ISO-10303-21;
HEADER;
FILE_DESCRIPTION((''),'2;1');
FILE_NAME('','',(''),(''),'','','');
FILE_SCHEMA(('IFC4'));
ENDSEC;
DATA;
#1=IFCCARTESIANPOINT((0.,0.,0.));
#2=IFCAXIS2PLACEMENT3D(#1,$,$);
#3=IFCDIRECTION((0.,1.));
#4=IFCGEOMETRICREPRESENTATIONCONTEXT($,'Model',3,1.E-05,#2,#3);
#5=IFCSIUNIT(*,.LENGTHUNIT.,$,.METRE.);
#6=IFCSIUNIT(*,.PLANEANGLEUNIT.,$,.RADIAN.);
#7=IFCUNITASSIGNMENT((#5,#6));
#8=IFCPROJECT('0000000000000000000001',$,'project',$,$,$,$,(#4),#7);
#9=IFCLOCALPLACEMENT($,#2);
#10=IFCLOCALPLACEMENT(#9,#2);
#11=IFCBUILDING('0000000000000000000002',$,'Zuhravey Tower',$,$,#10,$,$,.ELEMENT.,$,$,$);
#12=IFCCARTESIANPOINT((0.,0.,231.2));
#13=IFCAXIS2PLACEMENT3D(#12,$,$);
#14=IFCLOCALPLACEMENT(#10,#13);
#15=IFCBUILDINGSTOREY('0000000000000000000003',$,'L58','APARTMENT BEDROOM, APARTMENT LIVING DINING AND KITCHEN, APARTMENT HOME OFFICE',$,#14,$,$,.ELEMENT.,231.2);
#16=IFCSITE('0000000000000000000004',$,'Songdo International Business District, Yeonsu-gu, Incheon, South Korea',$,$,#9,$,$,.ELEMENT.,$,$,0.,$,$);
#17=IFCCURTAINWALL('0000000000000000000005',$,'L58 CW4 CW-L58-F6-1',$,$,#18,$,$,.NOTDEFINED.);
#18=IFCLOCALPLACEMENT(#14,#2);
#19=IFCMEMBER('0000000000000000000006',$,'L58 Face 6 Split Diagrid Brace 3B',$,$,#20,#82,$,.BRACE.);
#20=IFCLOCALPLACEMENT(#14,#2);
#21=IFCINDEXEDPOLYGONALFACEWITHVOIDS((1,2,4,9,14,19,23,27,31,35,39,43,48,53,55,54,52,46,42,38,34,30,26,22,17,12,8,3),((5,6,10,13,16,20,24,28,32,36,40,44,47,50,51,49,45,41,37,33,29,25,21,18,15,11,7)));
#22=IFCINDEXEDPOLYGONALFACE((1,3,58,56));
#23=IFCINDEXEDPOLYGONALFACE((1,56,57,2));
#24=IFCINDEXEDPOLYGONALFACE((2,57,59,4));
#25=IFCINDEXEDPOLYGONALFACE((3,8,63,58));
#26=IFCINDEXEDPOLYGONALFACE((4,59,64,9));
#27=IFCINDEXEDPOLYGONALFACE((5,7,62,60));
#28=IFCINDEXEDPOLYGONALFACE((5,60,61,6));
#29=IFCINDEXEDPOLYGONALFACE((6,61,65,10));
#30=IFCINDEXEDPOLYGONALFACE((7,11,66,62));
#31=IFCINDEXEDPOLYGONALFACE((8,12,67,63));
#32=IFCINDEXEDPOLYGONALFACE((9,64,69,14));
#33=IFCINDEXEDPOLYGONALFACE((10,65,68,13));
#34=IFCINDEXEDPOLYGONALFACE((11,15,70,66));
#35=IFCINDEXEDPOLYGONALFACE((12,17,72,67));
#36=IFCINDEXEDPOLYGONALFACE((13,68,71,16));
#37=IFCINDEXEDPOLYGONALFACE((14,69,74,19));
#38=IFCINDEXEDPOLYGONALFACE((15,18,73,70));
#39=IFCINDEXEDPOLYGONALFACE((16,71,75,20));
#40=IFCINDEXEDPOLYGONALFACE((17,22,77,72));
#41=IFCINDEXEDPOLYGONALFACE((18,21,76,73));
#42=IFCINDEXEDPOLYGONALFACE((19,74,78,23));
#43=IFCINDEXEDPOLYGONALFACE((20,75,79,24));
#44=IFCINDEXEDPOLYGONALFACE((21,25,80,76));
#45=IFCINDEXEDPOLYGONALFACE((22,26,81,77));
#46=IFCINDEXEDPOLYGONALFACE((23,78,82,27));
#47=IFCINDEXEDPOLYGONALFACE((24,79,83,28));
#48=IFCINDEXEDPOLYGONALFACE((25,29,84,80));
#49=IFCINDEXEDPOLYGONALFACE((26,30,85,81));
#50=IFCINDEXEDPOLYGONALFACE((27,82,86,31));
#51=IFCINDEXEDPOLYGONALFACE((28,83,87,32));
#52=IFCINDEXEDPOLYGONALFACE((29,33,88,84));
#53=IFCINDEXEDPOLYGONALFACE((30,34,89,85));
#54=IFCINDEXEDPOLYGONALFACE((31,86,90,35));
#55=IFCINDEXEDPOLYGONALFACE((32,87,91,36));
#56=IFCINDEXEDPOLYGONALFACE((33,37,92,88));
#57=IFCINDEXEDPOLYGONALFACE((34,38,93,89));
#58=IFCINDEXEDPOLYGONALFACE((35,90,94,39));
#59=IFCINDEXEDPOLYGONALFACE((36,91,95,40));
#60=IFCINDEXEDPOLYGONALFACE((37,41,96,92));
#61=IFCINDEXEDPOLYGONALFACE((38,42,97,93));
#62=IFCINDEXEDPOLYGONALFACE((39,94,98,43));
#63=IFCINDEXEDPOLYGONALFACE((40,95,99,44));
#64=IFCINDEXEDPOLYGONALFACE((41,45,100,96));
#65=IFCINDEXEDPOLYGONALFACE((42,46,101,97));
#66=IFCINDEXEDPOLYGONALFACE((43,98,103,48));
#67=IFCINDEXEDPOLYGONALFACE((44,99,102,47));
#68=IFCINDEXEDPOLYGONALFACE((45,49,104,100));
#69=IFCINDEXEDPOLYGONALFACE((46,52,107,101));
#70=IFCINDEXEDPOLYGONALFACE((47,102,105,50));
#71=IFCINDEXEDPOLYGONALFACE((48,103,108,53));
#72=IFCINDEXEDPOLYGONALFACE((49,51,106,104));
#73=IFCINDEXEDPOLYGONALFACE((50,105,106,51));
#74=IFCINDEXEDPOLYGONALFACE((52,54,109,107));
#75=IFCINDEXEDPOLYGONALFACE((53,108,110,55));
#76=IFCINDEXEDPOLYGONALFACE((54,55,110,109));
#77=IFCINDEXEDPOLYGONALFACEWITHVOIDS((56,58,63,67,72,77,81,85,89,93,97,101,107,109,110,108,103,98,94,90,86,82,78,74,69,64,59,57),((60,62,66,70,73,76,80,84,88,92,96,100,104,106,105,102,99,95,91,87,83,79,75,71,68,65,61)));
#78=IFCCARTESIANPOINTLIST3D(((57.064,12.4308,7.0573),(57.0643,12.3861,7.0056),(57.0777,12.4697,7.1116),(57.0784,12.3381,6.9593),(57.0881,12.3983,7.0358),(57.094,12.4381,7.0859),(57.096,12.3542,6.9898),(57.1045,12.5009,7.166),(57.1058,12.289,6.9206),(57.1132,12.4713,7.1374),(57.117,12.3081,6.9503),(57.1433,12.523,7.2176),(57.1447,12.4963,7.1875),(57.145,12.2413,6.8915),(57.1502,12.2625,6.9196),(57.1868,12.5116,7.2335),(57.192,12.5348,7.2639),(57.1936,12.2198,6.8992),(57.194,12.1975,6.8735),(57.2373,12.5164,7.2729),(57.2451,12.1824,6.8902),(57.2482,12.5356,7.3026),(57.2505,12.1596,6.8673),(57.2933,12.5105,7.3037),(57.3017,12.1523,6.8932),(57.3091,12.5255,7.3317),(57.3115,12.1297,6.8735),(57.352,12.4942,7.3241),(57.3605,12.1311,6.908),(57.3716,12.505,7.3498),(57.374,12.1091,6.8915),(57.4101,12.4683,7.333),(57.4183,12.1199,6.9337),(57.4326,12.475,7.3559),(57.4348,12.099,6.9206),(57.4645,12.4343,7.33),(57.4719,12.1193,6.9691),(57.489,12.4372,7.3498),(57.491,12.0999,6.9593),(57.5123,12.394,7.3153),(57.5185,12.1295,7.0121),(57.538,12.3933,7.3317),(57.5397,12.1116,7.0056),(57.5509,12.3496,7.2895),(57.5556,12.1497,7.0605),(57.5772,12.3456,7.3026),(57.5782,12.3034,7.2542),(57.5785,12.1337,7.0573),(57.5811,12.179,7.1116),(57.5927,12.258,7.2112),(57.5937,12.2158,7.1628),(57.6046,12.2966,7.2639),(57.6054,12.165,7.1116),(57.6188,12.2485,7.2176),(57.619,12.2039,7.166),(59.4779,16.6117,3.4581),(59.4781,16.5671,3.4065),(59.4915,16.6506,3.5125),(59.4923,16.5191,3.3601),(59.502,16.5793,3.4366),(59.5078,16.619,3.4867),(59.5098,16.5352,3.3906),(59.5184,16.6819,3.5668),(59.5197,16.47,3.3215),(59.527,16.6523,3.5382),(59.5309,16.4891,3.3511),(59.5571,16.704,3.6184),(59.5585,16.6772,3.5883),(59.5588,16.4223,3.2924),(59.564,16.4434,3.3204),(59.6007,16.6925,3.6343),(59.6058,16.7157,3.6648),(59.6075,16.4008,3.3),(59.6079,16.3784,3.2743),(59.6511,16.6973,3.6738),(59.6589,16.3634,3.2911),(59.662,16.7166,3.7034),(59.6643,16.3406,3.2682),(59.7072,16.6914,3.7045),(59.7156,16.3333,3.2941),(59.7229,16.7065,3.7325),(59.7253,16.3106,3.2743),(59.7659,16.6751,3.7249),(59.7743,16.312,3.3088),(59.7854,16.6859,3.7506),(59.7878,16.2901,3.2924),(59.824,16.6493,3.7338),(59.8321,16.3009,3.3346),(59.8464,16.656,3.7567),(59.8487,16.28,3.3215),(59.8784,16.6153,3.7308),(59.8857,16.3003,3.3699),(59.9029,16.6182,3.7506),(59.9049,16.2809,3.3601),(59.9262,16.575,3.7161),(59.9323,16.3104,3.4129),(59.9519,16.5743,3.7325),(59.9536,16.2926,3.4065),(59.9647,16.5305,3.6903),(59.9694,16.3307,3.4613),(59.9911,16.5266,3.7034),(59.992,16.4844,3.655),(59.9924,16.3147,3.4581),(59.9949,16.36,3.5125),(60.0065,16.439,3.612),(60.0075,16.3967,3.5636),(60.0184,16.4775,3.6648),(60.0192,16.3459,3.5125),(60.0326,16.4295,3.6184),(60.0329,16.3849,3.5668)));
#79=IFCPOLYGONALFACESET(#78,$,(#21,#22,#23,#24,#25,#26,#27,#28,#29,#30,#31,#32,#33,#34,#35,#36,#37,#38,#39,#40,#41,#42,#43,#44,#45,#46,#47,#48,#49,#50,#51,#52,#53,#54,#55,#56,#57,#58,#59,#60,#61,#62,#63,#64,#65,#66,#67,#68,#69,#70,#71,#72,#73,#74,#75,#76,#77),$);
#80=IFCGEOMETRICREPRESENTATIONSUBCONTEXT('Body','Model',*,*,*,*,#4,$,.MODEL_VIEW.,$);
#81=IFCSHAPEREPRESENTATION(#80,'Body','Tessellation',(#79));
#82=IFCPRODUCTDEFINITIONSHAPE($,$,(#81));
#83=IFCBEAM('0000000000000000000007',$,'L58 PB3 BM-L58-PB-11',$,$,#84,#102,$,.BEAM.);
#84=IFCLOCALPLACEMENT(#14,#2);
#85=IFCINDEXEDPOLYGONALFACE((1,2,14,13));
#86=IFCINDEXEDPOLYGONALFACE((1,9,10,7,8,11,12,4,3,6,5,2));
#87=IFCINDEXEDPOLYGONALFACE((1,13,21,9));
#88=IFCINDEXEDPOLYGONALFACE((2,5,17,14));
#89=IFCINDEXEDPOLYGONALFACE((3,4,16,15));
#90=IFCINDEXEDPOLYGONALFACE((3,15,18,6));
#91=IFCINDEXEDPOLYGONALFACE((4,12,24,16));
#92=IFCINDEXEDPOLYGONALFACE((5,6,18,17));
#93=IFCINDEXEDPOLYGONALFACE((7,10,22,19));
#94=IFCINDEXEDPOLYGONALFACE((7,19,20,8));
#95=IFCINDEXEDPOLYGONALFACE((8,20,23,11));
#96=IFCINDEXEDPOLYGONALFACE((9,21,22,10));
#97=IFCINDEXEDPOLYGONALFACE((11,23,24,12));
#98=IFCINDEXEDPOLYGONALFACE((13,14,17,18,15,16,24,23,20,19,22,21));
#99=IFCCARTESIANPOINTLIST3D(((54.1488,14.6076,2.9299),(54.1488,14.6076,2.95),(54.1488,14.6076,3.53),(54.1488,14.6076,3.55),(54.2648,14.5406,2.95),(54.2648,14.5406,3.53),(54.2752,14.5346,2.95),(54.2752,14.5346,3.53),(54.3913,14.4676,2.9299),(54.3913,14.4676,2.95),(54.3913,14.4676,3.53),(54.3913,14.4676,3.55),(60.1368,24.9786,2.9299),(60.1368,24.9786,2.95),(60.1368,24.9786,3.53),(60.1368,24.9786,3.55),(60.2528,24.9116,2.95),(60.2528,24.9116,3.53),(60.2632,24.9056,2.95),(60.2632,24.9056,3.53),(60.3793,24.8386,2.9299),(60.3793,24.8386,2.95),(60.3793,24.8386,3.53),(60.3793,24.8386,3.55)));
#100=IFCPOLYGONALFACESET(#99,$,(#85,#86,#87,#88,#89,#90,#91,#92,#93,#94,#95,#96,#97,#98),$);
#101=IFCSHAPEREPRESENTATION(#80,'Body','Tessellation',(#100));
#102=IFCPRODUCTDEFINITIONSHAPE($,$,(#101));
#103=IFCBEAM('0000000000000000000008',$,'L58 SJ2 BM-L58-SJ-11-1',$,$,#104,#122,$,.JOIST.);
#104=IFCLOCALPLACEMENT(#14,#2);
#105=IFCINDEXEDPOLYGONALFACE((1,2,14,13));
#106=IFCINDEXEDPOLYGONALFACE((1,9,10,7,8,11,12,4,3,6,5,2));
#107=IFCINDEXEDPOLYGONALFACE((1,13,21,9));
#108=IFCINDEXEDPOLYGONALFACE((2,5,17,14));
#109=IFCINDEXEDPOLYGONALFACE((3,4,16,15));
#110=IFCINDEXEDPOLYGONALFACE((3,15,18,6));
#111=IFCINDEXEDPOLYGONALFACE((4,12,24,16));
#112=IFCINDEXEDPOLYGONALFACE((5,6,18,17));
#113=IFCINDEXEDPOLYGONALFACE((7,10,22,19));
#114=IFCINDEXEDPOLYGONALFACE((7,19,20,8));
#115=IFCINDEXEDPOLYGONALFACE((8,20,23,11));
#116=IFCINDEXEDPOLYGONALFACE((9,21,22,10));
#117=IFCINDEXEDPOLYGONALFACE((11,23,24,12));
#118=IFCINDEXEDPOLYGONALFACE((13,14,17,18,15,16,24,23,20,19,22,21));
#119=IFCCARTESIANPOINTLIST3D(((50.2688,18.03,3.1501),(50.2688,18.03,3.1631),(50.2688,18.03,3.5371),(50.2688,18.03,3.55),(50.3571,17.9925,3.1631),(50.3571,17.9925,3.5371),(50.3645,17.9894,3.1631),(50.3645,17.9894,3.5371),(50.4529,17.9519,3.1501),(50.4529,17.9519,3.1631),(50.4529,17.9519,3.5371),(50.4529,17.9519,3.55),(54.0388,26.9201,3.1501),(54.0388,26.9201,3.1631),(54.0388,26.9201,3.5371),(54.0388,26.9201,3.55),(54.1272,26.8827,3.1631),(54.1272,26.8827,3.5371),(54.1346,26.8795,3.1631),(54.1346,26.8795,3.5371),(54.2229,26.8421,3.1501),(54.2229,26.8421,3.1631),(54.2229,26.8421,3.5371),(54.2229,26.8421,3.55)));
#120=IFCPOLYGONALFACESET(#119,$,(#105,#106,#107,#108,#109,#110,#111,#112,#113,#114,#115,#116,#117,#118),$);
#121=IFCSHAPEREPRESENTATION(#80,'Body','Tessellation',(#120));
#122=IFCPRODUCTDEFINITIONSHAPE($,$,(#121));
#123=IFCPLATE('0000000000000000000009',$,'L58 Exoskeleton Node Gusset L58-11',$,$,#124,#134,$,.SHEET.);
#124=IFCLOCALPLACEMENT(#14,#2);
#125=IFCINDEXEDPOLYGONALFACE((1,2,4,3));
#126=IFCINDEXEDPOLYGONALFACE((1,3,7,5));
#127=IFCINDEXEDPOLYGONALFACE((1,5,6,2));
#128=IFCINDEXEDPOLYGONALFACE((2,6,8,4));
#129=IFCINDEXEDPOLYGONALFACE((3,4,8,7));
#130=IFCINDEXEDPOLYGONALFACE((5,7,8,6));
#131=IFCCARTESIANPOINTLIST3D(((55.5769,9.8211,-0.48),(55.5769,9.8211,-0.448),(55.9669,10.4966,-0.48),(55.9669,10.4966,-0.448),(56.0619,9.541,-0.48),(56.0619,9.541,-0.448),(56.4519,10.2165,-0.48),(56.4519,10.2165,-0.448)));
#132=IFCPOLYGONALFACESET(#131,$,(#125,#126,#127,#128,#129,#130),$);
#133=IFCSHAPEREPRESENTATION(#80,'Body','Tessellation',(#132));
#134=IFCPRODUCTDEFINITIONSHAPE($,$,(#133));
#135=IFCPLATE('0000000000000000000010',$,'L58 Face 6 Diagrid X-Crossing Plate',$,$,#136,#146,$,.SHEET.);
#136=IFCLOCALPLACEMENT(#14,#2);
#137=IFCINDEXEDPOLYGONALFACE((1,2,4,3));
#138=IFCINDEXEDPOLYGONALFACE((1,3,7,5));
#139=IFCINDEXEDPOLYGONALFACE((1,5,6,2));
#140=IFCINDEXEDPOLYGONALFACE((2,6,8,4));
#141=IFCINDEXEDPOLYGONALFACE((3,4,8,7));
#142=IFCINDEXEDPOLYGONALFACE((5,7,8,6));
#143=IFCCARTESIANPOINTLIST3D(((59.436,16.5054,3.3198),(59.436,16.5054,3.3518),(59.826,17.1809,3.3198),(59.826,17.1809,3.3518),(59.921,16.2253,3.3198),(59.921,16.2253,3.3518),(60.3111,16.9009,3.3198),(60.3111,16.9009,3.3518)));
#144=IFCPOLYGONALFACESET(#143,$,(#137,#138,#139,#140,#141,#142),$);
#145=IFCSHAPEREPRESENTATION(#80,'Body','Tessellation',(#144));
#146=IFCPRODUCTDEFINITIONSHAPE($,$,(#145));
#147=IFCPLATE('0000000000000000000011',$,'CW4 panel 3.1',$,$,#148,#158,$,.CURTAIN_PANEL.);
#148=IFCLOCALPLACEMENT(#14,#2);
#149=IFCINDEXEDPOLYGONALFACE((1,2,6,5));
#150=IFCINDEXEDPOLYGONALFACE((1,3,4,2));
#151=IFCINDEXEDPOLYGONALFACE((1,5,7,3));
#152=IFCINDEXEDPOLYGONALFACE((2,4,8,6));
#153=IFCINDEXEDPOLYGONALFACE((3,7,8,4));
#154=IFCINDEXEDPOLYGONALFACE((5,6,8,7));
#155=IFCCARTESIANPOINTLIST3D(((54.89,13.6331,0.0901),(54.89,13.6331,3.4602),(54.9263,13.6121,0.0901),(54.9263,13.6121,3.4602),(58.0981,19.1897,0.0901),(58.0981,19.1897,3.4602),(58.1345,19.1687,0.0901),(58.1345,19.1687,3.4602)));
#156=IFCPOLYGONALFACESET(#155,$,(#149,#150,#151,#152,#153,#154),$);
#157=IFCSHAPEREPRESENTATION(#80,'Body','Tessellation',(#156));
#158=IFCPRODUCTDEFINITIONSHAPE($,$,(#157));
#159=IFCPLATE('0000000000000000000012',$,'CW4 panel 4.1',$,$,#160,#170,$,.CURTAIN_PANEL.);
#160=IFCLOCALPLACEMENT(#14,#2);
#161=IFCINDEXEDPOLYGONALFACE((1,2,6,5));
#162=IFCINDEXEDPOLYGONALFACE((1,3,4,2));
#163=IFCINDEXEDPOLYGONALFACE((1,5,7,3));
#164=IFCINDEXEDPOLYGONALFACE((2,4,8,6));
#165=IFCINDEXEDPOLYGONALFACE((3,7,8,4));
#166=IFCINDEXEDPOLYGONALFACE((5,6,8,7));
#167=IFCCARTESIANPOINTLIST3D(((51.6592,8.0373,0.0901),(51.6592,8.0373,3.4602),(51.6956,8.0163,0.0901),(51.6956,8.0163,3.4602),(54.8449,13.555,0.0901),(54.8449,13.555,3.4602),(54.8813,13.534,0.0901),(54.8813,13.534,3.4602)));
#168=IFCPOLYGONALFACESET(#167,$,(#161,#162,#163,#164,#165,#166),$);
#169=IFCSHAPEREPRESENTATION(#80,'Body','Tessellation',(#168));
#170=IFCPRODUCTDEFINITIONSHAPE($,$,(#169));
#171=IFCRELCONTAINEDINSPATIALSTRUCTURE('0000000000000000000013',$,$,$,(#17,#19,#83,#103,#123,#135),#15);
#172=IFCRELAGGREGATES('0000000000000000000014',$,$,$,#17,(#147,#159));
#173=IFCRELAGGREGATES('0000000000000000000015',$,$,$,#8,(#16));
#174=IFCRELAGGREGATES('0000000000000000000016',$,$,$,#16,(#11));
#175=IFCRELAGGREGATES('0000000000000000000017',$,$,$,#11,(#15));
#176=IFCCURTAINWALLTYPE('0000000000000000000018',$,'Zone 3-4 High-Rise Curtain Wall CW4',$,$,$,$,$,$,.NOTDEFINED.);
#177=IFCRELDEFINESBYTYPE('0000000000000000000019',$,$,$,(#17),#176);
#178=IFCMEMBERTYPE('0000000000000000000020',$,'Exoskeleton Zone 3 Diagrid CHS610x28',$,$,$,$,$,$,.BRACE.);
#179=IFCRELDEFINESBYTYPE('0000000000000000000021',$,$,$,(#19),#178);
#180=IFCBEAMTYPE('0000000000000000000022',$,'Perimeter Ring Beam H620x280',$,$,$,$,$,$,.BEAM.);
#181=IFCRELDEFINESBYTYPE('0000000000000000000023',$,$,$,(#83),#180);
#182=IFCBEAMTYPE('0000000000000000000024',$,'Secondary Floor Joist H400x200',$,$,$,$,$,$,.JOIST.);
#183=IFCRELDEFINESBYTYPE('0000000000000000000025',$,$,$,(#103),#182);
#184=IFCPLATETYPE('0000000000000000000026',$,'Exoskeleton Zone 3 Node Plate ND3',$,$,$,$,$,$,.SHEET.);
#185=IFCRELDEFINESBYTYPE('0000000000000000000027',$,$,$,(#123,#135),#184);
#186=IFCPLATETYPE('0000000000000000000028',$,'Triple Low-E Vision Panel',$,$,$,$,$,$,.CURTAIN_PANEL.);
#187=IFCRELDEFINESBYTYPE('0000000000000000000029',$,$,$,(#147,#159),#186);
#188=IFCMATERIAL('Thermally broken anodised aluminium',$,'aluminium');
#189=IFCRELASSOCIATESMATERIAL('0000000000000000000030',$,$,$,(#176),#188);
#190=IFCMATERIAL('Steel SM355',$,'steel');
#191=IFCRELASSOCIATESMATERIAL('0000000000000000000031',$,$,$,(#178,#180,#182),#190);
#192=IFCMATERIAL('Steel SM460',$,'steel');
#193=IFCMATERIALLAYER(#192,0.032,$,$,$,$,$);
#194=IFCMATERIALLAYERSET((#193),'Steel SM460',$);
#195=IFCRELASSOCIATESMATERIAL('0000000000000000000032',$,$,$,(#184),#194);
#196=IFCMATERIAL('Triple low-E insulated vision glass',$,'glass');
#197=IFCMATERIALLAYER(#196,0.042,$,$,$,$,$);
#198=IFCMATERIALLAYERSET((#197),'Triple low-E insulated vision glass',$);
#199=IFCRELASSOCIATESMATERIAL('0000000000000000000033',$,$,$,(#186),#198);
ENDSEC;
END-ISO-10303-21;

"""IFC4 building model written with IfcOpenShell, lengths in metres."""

from ifc_helpers import new_model, si_unit, direction, frame, origin, origin_2d, place, context, subcontext, project, spatial, rectangle, hollow_circle, i_section, extrude, material, layer, layer_set, material_profile, profile_set, type_object, element, aggregate, save


model = new_model("IFC4")

# Units and contexts
model_context = context("Model", 3, precision=1e-05, world=origin(), true_north=direction((0.0, 1.0)))
body_context = subcontext(model_context, "Body", "Model", "MODEL_VIEW")
ifc_project = project(units=[si_unit("LENGTHUNIT", "METRE"), si_unit("PLANEANGLEUNIT", "RADIAN")], contexts=[model_context])

# Site, building, storey
site_placement = place(None, origin())
site = spatial("IfcSite", under=ifc_project, at=site_placement, Name="Songdo International Business District, Yeonsu-gu, Incheon, South Korea", CompositionType="ELEMENT", RefElevation=0.0)
building_placement = place(site_placement, origin())
building = spatial("IfcBuilding", under=site, at=building_placement, Name="Zuhravey Tower", CompositionType="ELEMENT")
storey_placement = place(building_placement, frame((0.0, 0.0, 231.2)))
storey = spatial("IfcBuildingStorey", under=building, at=storey_placement, Name="L58", Description="APARTMENT BEDROOM, APARTMENT LIVING DINING AND KITCHEN, APARTMENT HOME OFFICE", CompositionType="ELEMENT", Elevation=231.2)

# Curtain wall
ifc_material_1 = material(Name="Thermally broken anodised aluminium", Category="aluminium")
curtain_wall_type = type_object("IfcCurtainWallType", Name="Zone 3-4 High-Rise Curtain Wall CW4", PredefinedType="NOTDEFINED", material=ifc_material_1)
curtain_wall_1_placement = place(storey_placement, origin())
curtain_wall_1 = element("IfcCurtainWall", 1, at=curtain_wall_1_placement, inside=storey, type_object=curtain_wall_type, Name="L58 CW4 CW-L58-F6-1", PredefinedType="NOTDEFINED")

# Member
ifc_material_2 = material(Name="Steel SM355", Category="steel")
ifc_material_profile_1 = material_profile(ifc_material_2, hollow_circle(Radius=0.3047, WallThickness=0.0281, at=origin_2d()), Name="CHS-609.6x28")
ifc_profile_set_1 = profile_set([ifc_material_profile_1], Name="Steel SM355")
member_type_1 = type_object("IfcMemberType", Name="Exoskeleton Zone 3 Diagrid CHS610x28", PredefinedType="BRACE", material=ifc_profile_set_1)
member_1_placement = place(storey_placement, frame((59.7554, 16.4983, 3.5125), z_axis=(-0.400857, -0.694314, 0.597698), x_axis=(0.866028, -0.499995, 0.0)))
element("IfcMember", 2, at=member_1_placement, inside=storey, type_object=member_type_1, Name="L58 Face 6 Split Diagrid Brace 3B", PredefinedType="BRACE", context=body_context, shape_type="SweptSolid", body=[
    extrude(hollow_circle(Radius=0.3047, WallThickness=0.0281, at=origin_2d()), origin(), (0.0, 0.0, 1.0), 6.0217),
])

# Beams
ifc_material_profile_2 = material_profile(ifc_material_2, i_section(OverallWidth=0.28, OverallDepth=0.6201, WebThickness=0.012, FlangeThickness=0.02, at=origin_2d()), Name="H-620x280x12x20")
ifc_profile_set_2 = profile_set([ifc_material_profile_2], Name="Steel SM355")
beam_type_1 = type_object("IfcBeamType", Name="Perimeter Ring Beam H620x280", PredefinedType="BEAM", material=ifc_profile_set_2)
beam_1_placement = place(storey_placement, frame((54.27, 14.5376, 3.24), z_axis=(0.500018, 0.866015, 0.0), x_axis=(-0.866015, 0.500018, 0.0)))
element("IfcBeam", 3, at=beam_1_placement, inside=storey, type_object=beam_type_1, Name="L58 PB3 BM-L58-PB-11", PredefinedType="BEAM", context=body_context, shape_type="SweptSolid", body=[
    extrude(i_section(OverallWidth=0.28, OverallDepth=0.6201, WebThickness=0.012, FlangeThickness=0.02, at=origin_2d()), origin(), (0.0, 0.0, 1.0), 11.9756),
])
ifc_material_profile_3 = material_profile(ifc_material_2, i_section(OverallWidth=0.2, OverallDepth=0.3999, WebThickness=0.0081, FlangeThickness=0.0129, at=origin_2d()), Name="H-400x200x8x13")
ifc_profile_set_3 = profile_set([ifc_material_profile_3], Name="Steel SM355")
beam_type_2 = type_object("IfcBeamType", Name="Secondary Floor Joist H400x200", PredefinedType="JOIST", material=ifc_profile_set_3)
beam_2_placement = place(storey_placement, frame((50.3608, 17.991, 3.3501), z_axis=(0.390413, 0.92064, 0.0), x_axis=(-0.92064, 0.390413, 0.0)))
element("IfcBeam", 4, at=beam_2_placement, inside=storey, type_object=beam_type_2, Name="L58 SJ2 BM-L58-SJ-11-1", PredefinedType="JOIST", context=body_context, shape_type="SweptSolid", body=[
    extrude(i_section(OverallWidth=0.2, OverallDepth=0.3999, WebThickness=0.0081, FlangeThickness=0.0129, at=origin_2d()), origin(), (0.0, 0.0, 1.0), 9.6565),
])

# Plates
ifc_material_3 = material(Name="Steel SM460", Category="steel")
ifc_layer_1 = layer(ifc_material_3, 0.032)
ifc_layer_set_1 = layer_set([ifc_layer_1], Name="Steel SM460")
plate_type_1 = type_object("IfcPlateType", Name="Exoskeleton Zone 3 Node Plate ND3", PredefinedType="SHEET", material=ifc_layer_set_1)
for number, where, z_axis, x_axis, name in (
    (5, (56.0144, 10.0188, -0.48), (0.0, 0.0, 1.0), (0.5, 0.866025, 0.0), "L58 Exoskeleton Node Gusset L58-11"),
    (6, (59.8735, 16.7031, 3.3198), (0.0, 0.0, 1.0), (0.5, 0.866025, 0.0), "L58 Face 6 Diagrid X-Crossing Plate"),
):
    element("IfcPlate", number, at=place(storey_placement, frame(where, z_axis=z_axis, x_axis=x_axis)), inside=storey, type_object=plate_type_1, Name=name, PredefinedType="SHEET", context=body_context, shape_type="SweptSolid", body=[
        extrude(rectangle(XDim=0.78, YDim=0.5601, at=origin_2d()), origin(), (0.0, 0.0, 1.0), 0.032),
    ])

# Plates
ifc_material_4 = material(Name="Triple low-E insulated vision glass", Category="glass")
ifc_layer_2 = layer(ifc_material_4, 0.042)
ifc_layer_set_2 = layer_set([ifc_layer_2], Name="Triple low-E insulated vision glass")
plate_type_2 = type_object("IfcPlateType", Name="Triple Low-E Vision Panel", PredefinedType="CURTAIN_PANEL", material=ifc_layer_set_2)
plate_1_placement = place(storey_placement, frame((56.5122, 16.4009, 0.0901), z_axis=(0.0, 0.0, 1.0), x_axis=(-0.500001, -0.866025, 0.0)))
plate_1 = element("IfcPlate", 7, at=plate_1_placement, type_object=plate_type_2, Name="CW4 panel 3.1", PredefinedType="CURTAIN_PANEL", context=body_context, shape_type="SweptSolid", body=[
    extrude(rectangle(XDim=6.4163, YDim=0.042, at=origin_2d()), origin(), (0.0, 0.0, 1.0), 3.3701),
])
plate_2_placement = place(storey_placement, frame((53.2703, 10.7856, 0.0901), z_axis=(0.0, 0.0, 1.0), x_axis=(-0.500001, -0.866025, 0.0)))
plate_2 = element("IfcPlate", 8, at=plate_2_placement, type_object=plate_type_2, Name="CW4 panel 4.1", PredefinedType="CURTAIN_PANEL", context=body_context, shape_type="SweptSolid", body=[
    extrude(rectangle(XDim=6.3713, YDim=0.042, at=origin_2d()), origin(), (0.0, 0.0, 1.0), 3.3701),
])
aggregate(curtain_wall_1, [plate_1, plate_2])

save(model, "model.ifc")
